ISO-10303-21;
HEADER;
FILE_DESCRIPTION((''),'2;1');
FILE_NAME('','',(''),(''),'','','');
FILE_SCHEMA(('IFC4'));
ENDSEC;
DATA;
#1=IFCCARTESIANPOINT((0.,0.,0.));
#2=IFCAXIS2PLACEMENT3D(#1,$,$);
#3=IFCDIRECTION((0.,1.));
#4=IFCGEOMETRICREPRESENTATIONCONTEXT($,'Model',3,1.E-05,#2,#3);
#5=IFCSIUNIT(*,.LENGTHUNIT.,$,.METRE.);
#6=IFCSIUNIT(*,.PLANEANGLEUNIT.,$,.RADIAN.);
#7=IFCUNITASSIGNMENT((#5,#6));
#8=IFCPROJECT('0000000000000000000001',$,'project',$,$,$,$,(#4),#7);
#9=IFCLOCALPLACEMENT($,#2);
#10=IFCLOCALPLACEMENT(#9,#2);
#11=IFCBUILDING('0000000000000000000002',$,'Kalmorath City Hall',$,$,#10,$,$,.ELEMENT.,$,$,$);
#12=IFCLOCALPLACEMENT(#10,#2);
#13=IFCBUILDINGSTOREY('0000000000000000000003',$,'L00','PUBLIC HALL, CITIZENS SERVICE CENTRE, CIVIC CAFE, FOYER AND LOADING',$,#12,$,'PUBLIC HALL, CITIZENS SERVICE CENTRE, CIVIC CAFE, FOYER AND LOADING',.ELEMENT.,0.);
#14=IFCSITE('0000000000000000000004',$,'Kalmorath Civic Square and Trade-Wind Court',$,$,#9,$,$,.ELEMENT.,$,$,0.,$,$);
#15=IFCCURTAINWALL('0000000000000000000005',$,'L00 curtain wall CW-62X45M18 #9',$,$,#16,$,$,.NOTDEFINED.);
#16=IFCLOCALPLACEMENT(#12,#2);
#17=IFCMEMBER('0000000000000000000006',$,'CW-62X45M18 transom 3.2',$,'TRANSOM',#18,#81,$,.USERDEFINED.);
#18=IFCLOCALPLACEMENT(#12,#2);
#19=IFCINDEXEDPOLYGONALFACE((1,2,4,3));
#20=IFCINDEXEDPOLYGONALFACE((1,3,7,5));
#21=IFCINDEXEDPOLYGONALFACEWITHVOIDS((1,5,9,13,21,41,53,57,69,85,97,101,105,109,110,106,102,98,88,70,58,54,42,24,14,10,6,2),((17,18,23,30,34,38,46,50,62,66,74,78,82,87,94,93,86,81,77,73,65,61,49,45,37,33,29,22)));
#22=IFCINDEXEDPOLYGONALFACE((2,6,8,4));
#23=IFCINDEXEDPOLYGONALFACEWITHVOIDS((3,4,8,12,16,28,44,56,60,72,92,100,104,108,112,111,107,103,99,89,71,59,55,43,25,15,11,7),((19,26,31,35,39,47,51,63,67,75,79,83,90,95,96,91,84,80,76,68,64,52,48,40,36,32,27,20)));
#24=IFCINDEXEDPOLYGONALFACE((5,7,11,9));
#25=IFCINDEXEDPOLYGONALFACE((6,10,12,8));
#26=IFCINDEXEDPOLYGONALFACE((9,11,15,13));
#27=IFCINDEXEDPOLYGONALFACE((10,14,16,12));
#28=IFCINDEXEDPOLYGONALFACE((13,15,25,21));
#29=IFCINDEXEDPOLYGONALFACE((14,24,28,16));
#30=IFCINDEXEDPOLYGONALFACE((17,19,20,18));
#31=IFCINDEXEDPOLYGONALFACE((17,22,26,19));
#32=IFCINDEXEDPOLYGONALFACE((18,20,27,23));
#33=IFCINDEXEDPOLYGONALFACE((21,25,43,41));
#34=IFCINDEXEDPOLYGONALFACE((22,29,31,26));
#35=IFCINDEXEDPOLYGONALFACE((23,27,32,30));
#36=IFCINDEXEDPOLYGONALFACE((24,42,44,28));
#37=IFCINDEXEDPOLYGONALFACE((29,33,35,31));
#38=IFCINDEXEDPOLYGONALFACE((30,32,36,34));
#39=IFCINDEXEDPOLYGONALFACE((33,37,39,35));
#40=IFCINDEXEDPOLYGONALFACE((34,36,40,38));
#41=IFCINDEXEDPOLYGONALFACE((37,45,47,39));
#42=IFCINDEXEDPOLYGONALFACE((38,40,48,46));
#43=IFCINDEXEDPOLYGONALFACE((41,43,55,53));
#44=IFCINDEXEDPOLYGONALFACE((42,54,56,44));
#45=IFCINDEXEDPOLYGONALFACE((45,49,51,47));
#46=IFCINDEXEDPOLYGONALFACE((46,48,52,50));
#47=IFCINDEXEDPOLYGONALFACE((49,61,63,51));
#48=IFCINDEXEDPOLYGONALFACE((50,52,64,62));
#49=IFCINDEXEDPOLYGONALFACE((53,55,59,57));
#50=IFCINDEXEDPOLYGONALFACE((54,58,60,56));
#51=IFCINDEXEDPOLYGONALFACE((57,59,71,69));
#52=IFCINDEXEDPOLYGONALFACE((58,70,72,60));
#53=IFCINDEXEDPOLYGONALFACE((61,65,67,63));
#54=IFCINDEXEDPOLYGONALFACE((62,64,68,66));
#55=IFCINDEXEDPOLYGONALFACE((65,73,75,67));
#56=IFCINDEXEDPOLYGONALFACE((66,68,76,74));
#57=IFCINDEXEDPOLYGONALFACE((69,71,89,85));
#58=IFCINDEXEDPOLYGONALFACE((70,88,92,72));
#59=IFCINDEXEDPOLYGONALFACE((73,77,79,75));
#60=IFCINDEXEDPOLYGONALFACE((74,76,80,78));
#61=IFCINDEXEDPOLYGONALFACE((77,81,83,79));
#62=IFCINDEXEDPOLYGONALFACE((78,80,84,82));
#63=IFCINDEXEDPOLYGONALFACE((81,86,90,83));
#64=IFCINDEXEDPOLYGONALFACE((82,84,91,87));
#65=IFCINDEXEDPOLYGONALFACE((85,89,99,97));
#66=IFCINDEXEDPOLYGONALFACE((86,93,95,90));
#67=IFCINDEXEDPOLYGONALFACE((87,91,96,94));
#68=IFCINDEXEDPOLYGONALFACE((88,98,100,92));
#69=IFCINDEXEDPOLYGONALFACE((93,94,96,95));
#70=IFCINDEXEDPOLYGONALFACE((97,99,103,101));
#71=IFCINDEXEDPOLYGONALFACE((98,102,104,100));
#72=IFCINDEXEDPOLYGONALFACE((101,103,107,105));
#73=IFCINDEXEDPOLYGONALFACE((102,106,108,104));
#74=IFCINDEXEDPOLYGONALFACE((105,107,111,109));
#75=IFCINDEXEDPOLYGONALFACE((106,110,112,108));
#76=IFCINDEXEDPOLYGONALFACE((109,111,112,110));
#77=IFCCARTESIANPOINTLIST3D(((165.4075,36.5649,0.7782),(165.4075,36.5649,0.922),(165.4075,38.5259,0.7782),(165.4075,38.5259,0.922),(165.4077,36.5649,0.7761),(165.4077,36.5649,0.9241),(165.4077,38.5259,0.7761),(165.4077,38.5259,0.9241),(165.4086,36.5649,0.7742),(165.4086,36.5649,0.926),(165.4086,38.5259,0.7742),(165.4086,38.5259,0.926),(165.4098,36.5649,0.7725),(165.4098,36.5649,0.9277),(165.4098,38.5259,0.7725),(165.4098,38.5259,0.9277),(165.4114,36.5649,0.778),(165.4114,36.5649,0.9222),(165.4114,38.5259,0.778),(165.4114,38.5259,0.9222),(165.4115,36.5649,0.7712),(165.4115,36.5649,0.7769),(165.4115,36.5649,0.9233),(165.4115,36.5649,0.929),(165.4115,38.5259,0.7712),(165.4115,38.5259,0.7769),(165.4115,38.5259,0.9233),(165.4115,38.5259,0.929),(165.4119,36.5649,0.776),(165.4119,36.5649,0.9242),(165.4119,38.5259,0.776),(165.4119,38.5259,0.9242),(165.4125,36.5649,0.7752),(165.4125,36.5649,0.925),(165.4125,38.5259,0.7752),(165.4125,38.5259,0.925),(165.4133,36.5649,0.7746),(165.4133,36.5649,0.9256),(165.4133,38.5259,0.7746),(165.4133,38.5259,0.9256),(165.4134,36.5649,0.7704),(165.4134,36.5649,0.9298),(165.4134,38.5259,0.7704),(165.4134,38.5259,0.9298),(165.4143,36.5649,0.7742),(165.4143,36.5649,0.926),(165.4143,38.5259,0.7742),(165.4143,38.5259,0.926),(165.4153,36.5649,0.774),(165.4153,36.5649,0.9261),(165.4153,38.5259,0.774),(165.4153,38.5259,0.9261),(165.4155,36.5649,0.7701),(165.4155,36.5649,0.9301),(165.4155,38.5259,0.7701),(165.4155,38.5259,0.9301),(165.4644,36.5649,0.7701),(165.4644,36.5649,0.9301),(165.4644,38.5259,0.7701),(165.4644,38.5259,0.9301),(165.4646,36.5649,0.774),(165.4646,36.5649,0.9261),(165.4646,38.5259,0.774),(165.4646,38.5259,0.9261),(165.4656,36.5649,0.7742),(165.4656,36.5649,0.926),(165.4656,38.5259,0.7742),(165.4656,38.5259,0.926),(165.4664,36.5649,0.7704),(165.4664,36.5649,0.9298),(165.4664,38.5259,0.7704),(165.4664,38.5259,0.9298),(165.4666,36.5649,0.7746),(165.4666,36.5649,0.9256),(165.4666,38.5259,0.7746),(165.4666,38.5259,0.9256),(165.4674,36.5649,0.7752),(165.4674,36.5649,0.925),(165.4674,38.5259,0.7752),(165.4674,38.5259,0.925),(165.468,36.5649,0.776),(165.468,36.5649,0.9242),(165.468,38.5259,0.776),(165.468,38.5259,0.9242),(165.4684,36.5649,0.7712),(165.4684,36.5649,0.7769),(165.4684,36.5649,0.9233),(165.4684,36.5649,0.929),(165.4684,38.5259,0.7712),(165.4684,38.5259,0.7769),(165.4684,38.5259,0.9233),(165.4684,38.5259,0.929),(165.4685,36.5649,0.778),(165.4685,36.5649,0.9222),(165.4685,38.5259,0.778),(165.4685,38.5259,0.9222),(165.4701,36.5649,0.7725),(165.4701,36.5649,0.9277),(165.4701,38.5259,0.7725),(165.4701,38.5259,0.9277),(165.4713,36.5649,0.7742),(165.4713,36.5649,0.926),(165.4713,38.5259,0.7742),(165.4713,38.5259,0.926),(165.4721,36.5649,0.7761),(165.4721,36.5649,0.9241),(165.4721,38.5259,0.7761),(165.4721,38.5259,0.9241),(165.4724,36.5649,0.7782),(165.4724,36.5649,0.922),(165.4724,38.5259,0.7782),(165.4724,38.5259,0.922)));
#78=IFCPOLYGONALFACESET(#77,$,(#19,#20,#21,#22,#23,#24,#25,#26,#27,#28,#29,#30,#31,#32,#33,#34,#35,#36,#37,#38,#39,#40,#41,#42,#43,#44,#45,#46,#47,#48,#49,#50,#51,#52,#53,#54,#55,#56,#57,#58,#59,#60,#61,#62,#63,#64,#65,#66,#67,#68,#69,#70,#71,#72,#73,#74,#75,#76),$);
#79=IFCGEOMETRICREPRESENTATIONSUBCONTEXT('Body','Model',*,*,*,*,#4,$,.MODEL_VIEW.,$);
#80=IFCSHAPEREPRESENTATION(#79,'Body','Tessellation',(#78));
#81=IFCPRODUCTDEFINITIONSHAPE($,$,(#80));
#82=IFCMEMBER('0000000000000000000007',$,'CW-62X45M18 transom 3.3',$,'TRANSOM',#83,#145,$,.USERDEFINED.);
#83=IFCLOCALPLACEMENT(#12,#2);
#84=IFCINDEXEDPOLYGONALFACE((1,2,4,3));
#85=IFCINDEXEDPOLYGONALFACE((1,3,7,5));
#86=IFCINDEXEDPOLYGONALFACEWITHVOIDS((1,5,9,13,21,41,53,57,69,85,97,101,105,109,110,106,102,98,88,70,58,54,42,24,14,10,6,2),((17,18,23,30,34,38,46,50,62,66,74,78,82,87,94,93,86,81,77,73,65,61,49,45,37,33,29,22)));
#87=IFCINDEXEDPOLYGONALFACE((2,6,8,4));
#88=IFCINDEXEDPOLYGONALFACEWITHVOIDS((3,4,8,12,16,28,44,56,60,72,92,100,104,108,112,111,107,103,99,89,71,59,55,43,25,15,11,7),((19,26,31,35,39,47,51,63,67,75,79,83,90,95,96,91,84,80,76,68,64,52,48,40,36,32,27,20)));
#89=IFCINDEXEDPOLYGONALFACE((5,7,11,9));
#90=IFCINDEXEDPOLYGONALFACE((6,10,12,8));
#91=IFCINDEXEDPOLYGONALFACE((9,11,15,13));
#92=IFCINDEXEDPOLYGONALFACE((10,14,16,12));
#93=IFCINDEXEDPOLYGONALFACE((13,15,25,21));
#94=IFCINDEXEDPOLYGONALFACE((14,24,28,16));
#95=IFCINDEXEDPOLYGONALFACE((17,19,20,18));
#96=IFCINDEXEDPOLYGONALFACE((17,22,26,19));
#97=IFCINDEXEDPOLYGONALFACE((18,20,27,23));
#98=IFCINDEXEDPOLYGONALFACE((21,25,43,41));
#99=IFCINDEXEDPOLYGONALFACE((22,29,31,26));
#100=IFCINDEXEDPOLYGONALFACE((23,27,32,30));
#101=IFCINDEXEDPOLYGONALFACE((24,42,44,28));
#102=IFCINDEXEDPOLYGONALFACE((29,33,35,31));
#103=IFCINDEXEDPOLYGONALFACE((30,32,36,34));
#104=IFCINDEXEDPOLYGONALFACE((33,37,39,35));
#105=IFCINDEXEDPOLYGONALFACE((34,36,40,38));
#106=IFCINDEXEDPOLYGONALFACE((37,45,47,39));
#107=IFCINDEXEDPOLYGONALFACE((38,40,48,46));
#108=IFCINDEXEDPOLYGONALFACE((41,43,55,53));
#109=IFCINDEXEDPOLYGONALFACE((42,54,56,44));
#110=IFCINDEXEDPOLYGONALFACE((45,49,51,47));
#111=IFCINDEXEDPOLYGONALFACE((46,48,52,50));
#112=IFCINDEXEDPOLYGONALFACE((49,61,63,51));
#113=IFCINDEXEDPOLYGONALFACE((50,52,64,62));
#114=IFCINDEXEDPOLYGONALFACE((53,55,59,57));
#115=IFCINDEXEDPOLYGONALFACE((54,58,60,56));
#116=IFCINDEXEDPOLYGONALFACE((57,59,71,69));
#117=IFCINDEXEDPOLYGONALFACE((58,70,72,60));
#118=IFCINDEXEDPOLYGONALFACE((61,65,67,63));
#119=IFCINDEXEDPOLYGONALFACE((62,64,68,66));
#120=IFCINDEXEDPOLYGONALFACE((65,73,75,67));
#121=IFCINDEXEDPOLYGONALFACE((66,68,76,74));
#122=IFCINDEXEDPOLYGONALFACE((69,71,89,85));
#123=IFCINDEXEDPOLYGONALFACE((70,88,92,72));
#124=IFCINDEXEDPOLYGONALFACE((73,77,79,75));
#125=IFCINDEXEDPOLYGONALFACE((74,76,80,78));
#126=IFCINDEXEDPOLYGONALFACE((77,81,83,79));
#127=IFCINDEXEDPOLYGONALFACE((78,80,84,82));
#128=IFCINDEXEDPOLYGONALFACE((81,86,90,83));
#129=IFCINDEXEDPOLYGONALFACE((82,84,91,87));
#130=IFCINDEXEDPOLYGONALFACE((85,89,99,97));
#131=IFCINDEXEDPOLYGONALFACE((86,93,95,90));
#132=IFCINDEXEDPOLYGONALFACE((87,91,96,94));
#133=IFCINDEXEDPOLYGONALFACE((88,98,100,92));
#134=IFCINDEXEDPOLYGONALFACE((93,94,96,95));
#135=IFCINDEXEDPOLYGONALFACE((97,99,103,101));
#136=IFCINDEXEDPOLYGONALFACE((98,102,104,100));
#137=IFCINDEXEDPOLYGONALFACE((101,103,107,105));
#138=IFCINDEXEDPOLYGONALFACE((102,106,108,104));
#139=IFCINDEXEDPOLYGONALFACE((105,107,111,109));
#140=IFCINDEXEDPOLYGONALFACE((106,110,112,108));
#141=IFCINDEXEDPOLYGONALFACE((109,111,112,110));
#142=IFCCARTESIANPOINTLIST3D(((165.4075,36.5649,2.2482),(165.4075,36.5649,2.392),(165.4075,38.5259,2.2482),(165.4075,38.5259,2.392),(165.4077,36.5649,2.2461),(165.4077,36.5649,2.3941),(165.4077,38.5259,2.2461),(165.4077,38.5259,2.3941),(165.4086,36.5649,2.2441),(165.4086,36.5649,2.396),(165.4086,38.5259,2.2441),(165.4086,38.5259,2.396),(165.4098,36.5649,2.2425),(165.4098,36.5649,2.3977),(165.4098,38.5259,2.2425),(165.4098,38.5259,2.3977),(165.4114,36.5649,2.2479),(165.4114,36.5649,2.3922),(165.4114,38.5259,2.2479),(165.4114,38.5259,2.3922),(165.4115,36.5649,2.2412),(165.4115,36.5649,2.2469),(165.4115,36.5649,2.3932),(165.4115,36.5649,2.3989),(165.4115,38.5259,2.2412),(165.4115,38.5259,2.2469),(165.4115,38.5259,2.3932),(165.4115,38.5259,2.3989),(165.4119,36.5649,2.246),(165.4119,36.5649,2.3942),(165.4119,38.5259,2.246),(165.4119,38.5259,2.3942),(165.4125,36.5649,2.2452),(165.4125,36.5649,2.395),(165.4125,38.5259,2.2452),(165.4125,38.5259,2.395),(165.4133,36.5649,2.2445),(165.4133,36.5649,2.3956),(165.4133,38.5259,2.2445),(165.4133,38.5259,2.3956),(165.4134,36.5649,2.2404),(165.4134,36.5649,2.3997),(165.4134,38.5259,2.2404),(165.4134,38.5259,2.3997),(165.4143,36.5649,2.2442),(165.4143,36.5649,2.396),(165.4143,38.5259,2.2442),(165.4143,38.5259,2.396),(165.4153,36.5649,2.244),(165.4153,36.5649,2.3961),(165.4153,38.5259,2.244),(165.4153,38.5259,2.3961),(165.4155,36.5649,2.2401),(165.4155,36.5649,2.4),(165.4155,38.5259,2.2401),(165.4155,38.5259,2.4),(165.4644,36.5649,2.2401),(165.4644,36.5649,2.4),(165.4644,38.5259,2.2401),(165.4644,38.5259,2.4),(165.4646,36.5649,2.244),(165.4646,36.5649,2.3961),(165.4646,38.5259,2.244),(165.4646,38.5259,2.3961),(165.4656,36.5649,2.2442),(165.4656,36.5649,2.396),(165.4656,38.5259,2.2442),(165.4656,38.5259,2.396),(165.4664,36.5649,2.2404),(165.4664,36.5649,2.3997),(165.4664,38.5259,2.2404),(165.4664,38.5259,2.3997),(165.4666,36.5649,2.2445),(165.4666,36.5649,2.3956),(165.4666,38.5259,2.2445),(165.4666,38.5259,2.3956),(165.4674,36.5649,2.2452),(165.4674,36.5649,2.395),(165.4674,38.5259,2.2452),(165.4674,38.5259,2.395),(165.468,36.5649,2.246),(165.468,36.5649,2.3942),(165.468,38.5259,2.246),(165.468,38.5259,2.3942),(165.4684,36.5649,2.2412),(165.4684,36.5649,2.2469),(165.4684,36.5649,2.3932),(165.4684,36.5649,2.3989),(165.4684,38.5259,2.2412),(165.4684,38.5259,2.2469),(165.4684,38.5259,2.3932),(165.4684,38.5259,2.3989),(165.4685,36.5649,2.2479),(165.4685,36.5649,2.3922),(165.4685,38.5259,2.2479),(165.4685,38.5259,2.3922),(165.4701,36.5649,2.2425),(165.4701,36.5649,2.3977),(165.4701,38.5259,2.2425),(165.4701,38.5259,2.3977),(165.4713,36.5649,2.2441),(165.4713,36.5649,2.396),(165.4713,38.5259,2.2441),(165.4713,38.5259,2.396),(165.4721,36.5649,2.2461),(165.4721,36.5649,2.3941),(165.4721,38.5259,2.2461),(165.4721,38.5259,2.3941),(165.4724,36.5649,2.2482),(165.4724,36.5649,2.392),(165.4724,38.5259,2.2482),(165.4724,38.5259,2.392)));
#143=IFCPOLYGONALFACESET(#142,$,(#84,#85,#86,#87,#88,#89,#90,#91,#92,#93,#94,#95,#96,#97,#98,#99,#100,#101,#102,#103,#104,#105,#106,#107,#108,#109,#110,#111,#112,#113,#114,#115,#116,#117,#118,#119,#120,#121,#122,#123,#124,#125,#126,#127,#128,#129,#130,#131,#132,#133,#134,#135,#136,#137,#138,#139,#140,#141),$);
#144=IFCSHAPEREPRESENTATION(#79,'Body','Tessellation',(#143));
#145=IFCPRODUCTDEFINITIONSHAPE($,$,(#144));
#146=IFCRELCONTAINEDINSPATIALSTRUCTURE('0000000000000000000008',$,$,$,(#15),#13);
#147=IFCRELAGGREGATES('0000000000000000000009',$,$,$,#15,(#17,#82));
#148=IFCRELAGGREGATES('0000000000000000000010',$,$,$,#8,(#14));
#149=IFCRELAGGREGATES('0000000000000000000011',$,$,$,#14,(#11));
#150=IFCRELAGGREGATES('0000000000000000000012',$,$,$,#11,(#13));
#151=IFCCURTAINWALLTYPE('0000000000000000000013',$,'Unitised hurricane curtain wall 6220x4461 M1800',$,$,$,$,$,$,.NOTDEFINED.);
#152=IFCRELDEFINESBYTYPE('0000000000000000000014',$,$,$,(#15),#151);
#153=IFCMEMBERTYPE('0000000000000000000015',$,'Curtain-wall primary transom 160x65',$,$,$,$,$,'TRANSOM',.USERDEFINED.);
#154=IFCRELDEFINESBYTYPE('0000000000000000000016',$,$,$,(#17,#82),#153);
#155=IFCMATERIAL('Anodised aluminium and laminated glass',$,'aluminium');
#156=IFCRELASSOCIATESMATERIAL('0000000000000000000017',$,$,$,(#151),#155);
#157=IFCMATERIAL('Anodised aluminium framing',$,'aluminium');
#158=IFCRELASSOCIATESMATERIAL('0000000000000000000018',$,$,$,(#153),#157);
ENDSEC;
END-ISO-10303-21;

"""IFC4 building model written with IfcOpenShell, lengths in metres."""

from ifc_helpers import new_model, si_unit, direction, frame, origin, origin_2d, place, context, subcontext, project, spatial, hollow_rectangle, extrude, material, material_profile, profile_set, type_object, element, aggregate, save


model = new_model("IFC4")

# Units and contexts
model_context = context("Model", 3, precision=1e-05, world=origin(), true_north=direction((0.0, 1.0)))
body_context = subcontext(model_context, "Body", "Model", "MODEL_VIEW")
ifc_project = project(units=[si_unit("LENGTHUNIT", "METRE"), si_unit("PLANEANGLEUNIT", "RADIAN")], contexts=[model_context])

# Site, building, storey
site_placement = place(None, origin())
site = spatial("IfcSite", under=ifc_project, at=site_placement, Name="Kalmorath Civic Square and Trade-Wind Court", CompositionType="ELEMENT", RefElevation=0.0)
building_placement = place(site_placement, origin())
building = spatial("IfcBuilding", under=site, at=building_placement, Name="Kalmorath City Hall", CompositionType="ELEMENT")
storey_placement = place(building_placement, origin())
storey = spatial("IfcBuildingStorey", under=building, at=storey_placement, Name="L00", Description="PUBLIC HALL, CITIZENS SERVICE CENTRE, CIVIC CAFE, FOYER AND LOADING", LongName="PUBLIC HALL, CITIZENS SERVICE CENTRE, CIVIC CAFE, FOYER AND LOADING", CompositionType="ELEMENT", Elevation=0.0)

# Curtain wall, members
ifc_material_1 = material(Name="Anodised aluminium and laminated glass", Category="aluminium")
curtain_wall_type = type_object("IfcCurtainWallType", Name="Unitised hurricane curtain wall 6220x4461 M1800", PredefinedType="NOTDEFINED", material=ifc_material_1)
curtain_wall_placement = place(storey_placement, origin())
curtain_wall = element("IfcCurtainWall", 1, at=curtain_wall_placement, inside=storey, type_object=curtain_wall_type, Name="L00 curtain wall CW-62X45M18 #9", PredefinedType="NOTDEFINED")
ifc_material_2 = material(Name="Anodised aluminium framing", Category="aluminium")
ifc_material_profile_1 = material_profile(ifc_material_2, hollow_rectangle(XDim=0.0649, YDim=0.1599, WallThickness=0.0039, InnerFilletRadius=0.0039, OuterFilletRadius=0.0081, at=origin_2d()), Name="ALU-TRN-160X65X4")
ifc_profile_set_1 = profile_set([ifc_material_profile_1], Name="Anodised aluminium framing")
member_type_1 = type_object("IfcMemberType", Name="Curtain-wall primary transom 160x65", ElementType="TRANSOM", PredefinedType="USERDEFINED", material=ifc_profile_set_1)
member_1_placement = place(storey_placement, frame((165.4399, 38.5259, 0.8501), z_axis=(0.0, -1.0, 0.0), x_axis=(1.0, 0.0, 0.0)))
member_1 = element("IfcMember", 2, at=member_1_placement, type_object=member_type_1, Name="CW-62X45M18 transom 3.2", ObjectType="TRANSOM", PredefinedType="USERDEFINED", context=body_context, shape_type="SweptSolid", body=[
    extrude(hollow_rectangle(XDim=0.0649, YDim=0.1599, WallThickness=0.0039, InnerFilletRadius=0.0039, OuterFilletRadius=0.0081, at=origin_2d()), origin(), (0.0, 0.0, 1.0), 1.9609),
])
member_2_placement = place(storey_placement, frame((165.4399, 38.5259, 2.3201), z_axis=(0.0, -1.0, 0.0), x_axis=(1.0, 0.0, 0.0)))
member_2 = element("IfcMember", 3, at=member_2_placement, type_object=member_type_1, Name="CW-62X45M18 transom 3.3", ObjectType="TRANSOM", PredefinedType="USERDEFINED", context=body_context, shape_type="SweptSolid", body=[
    extrude(hollow_rectangle(XDim=0.0649, YDim=0.1599, WallThickness=0.0039, InnerFilletRadius=0.0039, OuterFilletRadius=0.0081, at=origin_2d()), origin(), (0.0, 0.0, 1.0), 1.9609),
])
aggregate(curtain_wall, [member_1, member_2])

save(model, "model.ifc")
